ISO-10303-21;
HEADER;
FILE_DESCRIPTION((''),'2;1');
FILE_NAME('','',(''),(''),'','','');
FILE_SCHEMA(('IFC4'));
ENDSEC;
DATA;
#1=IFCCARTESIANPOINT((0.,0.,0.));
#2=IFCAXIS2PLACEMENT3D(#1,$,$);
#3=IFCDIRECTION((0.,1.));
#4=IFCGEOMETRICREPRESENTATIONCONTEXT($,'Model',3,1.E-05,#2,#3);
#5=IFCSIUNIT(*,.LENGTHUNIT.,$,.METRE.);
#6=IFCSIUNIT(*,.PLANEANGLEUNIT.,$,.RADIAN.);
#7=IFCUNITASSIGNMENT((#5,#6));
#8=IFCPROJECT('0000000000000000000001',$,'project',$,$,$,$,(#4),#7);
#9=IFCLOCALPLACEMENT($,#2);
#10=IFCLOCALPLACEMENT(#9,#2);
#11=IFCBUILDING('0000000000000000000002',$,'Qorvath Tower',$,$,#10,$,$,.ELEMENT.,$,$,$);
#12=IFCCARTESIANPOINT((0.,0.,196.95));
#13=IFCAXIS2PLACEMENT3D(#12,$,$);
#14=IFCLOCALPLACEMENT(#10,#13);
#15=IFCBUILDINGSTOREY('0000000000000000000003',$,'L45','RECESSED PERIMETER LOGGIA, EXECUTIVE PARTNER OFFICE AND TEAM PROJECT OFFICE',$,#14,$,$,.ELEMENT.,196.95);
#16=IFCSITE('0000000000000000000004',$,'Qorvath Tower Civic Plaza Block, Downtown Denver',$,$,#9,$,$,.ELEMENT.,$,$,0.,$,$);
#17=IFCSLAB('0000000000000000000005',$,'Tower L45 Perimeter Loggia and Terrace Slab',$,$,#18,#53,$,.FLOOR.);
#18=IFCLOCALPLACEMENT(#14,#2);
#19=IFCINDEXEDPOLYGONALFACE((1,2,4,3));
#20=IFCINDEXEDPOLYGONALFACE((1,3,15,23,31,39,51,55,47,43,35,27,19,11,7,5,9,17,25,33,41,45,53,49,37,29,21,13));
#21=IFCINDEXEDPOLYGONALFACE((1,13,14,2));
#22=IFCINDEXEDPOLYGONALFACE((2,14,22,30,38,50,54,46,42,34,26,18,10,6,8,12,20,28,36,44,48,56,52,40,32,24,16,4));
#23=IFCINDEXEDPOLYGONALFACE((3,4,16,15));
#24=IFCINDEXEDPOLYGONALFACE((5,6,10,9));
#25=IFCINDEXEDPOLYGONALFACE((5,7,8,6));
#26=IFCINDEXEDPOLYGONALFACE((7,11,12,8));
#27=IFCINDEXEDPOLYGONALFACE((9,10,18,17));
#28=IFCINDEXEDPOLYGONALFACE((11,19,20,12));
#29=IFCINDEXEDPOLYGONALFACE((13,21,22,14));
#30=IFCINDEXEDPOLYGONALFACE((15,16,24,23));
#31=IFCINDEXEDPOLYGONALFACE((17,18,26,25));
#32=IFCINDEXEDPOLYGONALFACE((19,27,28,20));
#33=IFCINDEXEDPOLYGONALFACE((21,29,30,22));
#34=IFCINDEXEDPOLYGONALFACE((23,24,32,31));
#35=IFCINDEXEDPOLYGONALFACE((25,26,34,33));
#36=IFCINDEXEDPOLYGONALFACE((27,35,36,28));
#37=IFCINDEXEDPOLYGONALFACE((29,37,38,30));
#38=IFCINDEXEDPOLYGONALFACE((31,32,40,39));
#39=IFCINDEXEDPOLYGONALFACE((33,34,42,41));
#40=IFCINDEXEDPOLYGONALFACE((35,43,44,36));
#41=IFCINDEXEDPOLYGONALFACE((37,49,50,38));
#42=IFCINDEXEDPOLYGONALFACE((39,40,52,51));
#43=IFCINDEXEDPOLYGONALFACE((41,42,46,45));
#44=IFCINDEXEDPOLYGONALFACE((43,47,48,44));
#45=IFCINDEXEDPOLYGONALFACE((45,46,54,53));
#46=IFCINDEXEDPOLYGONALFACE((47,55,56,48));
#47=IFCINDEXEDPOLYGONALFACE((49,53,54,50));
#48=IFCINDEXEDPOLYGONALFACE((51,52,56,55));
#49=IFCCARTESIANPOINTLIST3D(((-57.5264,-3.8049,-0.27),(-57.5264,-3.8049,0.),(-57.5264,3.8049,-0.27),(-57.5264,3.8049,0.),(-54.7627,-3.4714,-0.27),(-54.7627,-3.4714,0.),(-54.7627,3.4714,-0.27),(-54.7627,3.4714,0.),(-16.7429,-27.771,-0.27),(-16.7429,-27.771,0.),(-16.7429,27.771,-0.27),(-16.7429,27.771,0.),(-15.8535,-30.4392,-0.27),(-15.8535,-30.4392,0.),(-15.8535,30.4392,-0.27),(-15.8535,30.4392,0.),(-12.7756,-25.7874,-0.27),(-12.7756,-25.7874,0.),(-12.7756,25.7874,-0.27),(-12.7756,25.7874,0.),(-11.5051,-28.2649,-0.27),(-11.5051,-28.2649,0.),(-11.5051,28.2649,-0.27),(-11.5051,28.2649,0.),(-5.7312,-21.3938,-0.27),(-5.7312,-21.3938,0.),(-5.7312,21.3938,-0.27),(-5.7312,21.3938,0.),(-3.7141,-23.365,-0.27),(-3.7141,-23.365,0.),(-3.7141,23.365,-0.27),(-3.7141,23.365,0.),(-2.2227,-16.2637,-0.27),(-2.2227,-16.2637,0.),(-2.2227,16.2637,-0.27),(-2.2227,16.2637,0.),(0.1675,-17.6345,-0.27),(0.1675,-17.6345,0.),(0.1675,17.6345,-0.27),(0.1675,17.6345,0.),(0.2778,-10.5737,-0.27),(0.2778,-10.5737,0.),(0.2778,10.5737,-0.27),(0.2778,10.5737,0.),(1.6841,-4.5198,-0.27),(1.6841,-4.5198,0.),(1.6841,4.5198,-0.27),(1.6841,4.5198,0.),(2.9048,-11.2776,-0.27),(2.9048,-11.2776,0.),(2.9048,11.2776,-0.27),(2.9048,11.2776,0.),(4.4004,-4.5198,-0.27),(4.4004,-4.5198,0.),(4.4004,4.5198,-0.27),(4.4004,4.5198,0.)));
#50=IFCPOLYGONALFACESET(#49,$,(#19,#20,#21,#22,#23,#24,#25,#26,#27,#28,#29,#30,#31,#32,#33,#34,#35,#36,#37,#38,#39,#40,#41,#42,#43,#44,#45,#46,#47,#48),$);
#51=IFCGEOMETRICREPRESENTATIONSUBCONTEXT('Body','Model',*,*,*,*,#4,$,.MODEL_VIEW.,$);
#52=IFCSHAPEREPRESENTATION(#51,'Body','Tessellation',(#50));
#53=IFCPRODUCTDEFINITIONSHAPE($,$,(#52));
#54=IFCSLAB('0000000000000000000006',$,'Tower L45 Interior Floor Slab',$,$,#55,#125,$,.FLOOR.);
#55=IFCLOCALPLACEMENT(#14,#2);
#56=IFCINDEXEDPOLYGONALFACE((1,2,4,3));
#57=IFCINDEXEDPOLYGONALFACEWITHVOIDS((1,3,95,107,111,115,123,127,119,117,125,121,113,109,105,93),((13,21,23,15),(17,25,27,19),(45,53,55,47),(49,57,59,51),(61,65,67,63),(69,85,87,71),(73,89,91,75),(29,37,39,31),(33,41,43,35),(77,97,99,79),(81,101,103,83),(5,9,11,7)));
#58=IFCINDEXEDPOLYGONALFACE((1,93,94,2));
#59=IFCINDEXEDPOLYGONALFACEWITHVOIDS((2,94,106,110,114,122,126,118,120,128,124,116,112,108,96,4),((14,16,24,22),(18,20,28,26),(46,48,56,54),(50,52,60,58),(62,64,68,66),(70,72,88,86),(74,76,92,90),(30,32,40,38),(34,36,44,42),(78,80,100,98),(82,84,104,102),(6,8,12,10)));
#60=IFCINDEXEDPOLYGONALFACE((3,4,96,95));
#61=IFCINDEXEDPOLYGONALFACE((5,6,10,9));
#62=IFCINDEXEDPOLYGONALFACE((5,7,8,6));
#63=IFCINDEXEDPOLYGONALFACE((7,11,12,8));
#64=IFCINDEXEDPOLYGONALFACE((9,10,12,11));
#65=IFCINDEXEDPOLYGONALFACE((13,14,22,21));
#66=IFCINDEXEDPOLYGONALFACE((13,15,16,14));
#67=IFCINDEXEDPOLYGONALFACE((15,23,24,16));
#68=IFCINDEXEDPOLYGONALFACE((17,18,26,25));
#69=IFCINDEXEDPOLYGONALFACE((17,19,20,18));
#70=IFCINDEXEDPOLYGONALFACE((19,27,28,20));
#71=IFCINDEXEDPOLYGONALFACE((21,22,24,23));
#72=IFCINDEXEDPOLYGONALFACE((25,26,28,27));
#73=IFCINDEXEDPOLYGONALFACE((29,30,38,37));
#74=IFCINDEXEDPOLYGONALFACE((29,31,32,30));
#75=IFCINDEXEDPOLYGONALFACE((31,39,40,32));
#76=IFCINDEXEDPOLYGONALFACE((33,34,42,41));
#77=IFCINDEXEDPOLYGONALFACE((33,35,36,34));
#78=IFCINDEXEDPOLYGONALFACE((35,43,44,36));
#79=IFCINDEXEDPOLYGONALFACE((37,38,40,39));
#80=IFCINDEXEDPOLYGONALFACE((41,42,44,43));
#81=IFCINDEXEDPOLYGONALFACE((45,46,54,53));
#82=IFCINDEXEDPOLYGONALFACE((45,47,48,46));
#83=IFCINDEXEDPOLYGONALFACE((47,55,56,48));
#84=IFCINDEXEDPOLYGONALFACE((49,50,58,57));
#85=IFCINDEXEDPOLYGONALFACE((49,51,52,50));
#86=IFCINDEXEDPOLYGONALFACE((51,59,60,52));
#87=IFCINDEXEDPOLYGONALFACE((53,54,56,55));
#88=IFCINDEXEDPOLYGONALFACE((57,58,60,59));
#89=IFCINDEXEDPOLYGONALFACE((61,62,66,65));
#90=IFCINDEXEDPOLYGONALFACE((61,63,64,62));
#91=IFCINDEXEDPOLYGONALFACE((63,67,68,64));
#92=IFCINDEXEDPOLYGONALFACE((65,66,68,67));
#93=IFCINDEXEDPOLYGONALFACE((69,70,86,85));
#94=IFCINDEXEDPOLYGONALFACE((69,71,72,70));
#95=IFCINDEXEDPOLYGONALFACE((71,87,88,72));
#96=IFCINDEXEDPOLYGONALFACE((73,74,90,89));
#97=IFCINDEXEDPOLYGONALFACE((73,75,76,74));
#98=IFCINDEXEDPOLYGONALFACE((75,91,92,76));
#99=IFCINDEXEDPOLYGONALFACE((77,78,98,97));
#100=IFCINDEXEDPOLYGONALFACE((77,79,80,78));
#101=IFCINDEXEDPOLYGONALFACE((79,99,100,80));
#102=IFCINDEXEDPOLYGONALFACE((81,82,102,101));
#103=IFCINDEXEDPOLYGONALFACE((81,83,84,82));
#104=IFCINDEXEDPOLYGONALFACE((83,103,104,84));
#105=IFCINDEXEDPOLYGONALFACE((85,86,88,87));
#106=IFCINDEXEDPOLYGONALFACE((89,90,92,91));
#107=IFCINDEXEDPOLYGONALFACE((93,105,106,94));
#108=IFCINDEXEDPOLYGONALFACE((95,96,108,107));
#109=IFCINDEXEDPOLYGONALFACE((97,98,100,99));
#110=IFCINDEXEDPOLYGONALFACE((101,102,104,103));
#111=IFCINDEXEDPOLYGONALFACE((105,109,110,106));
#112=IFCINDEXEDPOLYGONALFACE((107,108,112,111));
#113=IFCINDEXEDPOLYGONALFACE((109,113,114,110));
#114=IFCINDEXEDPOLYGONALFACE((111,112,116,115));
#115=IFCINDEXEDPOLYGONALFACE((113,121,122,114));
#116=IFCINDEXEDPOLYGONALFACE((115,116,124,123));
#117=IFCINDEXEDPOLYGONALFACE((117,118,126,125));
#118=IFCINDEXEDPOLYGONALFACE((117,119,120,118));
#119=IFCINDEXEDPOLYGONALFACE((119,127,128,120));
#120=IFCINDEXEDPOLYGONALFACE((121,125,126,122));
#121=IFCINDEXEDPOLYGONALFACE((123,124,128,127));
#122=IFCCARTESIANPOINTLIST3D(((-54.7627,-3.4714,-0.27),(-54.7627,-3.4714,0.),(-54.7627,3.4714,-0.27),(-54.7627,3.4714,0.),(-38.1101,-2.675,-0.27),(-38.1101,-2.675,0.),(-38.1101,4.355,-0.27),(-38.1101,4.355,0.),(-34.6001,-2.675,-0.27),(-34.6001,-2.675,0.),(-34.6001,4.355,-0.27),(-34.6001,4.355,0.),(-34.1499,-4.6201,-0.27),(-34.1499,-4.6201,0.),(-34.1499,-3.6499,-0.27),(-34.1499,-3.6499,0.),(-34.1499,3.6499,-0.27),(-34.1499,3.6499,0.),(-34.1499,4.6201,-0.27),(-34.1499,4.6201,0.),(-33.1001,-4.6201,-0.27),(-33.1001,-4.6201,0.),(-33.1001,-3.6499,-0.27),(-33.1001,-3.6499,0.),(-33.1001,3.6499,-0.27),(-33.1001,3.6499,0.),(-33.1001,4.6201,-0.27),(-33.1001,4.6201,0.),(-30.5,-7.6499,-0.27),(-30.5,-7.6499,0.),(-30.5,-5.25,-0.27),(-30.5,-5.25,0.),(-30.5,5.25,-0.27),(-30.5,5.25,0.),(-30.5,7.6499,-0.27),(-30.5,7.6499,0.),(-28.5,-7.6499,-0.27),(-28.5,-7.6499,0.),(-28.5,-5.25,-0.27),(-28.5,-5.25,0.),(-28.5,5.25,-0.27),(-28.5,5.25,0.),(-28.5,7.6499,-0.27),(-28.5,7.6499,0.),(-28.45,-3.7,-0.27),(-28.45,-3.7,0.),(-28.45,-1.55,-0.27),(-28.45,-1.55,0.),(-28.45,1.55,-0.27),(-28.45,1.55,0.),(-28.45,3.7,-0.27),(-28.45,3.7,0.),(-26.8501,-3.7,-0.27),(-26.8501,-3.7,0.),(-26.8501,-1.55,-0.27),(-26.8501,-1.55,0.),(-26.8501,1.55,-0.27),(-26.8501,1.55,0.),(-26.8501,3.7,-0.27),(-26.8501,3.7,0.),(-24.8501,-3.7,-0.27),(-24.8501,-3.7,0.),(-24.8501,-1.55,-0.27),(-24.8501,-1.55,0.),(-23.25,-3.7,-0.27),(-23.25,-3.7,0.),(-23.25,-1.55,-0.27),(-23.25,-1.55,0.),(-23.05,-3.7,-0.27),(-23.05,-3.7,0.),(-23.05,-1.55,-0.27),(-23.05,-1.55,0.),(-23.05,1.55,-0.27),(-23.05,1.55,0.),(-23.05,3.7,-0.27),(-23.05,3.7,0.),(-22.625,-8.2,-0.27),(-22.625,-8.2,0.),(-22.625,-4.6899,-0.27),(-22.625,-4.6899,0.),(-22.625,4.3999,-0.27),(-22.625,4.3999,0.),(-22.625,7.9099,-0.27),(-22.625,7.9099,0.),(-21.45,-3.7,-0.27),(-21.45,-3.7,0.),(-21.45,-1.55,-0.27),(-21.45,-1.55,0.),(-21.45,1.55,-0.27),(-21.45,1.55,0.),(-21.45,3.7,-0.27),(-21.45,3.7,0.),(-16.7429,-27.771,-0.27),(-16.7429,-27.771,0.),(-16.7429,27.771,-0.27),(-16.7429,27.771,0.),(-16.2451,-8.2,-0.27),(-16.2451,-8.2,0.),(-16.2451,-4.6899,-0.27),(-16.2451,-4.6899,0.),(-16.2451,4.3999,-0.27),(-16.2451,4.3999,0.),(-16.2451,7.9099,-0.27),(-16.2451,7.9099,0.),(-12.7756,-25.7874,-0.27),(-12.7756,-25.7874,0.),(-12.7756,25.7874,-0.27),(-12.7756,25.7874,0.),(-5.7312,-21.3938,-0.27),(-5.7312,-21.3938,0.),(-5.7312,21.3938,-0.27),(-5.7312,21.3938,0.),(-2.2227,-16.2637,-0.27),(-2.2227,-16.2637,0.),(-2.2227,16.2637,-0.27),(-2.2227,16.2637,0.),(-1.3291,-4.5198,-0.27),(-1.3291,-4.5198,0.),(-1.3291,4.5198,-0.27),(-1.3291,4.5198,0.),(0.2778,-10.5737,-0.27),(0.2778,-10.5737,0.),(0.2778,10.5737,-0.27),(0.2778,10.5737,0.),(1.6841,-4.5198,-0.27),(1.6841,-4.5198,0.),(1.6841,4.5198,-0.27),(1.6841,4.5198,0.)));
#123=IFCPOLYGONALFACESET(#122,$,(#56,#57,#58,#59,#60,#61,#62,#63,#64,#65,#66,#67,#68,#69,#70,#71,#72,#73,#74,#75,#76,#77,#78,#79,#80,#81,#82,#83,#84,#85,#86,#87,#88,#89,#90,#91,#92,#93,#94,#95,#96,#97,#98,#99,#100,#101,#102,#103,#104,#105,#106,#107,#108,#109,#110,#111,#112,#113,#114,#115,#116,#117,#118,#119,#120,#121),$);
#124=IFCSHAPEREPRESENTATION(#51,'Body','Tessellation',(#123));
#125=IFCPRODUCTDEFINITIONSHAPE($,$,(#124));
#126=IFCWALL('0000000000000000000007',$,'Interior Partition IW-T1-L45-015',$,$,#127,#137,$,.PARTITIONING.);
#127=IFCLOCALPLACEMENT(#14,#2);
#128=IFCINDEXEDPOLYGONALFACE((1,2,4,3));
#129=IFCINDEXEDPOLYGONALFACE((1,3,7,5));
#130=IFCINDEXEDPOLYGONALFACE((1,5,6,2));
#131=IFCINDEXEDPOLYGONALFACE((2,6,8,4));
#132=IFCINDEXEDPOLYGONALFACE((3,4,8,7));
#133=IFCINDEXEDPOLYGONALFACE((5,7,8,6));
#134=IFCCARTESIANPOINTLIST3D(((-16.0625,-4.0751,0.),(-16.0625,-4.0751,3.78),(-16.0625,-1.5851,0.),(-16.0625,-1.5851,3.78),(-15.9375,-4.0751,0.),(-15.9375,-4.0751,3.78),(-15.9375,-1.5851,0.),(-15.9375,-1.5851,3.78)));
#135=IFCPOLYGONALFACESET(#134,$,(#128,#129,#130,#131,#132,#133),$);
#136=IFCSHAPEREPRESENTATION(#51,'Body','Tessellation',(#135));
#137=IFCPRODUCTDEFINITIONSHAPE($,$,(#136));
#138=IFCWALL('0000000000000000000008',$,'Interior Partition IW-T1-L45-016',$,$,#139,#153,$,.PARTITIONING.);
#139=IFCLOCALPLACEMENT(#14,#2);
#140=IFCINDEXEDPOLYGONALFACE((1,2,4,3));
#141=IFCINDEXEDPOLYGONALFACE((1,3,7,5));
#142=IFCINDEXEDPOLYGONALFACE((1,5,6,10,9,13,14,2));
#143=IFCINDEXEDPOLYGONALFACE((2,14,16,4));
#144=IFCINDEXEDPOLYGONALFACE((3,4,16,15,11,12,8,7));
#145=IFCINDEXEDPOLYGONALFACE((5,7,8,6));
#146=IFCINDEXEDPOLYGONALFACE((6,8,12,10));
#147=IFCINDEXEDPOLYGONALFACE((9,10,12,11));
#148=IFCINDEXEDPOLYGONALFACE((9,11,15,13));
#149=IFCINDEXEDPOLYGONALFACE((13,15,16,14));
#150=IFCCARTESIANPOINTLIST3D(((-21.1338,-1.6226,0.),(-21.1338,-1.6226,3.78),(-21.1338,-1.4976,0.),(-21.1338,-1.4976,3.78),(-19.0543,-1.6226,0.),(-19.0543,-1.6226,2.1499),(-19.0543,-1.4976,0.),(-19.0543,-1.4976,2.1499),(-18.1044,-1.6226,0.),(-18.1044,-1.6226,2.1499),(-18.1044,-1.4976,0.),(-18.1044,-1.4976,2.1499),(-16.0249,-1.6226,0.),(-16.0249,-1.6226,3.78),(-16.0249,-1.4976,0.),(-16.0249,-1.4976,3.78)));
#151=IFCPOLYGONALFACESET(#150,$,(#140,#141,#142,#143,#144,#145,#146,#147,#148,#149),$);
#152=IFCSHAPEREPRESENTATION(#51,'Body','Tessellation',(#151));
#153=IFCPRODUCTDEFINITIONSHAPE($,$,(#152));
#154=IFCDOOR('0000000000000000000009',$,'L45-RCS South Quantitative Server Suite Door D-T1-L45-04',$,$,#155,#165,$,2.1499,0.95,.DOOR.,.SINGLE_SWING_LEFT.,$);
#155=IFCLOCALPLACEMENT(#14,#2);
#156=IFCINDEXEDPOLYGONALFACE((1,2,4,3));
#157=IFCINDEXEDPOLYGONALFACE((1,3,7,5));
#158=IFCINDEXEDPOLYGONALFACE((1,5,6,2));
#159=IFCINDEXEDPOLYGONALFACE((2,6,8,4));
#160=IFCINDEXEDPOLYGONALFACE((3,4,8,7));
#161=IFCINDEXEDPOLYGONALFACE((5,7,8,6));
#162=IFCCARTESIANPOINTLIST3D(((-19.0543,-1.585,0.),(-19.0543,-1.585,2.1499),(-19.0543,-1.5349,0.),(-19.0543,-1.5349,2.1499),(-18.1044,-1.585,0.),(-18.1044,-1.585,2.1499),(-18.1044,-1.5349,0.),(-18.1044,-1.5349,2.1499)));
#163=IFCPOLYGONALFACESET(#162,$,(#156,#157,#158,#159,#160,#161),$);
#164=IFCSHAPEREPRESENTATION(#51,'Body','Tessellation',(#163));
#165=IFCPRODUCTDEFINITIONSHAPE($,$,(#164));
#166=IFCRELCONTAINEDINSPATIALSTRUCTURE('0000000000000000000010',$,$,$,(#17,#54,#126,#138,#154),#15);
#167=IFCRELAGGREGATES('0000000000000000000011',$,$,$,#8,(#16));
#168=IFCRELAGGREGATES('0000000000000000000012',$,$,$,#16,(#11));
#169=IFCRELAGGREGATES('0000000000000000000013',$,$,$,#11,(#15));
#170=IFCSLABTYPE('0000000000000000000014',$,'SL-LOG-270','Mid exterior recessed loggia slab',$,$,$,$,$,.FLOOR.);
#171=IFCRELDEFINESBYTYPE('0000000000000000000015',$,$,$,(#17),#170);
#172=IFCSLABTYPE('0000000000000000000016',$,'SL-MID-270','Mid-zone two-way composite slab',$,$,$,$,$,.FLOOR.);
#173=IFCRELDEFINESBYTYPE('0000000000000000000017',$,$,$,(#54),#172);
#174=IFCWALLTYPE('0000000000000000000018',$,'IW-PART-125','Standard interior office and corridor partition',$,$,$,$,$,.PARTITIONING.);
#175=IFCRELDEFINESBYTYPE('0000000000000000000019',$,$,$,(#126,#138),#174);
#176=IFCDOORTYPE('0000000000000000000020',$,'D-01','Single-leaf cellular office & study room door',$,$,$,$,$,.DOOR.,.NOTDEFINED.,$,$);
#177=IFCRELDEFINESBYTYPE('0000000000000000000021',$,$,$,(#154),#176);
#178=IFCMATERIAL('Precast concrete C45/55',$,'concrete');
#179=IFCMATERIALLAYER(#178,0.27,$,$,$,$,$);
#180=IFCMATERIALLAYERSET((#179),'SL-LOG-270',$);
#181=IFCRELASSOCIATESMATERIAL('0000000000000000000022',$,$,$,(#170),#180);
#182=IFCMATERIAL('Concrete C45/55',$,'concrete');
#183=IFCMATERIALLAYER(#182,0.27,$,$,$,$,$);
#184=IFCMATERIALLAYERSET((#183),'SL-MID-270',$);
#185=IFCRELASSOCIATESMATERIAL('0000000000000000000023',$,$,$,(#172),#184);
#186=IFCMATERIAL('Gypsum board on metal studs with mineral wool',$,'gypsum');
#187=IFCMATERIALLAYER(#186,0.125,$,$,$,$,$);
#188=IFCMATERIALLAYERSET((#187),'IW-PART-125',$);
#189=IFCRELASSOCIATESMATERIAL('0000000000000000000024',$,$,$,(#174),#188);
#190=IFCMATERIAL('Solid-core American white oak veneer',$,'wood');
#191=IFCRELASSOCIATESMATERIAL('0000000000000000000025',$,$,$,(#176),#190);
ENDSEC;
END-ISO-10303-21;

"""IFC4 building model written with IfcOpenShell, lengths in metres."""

from ifc_helpers import new_model, si_unit, direction, frame, frame_2d, origin, place, context, subcontext, project, spatial, polyline, rectangle, outline, extrude, material, layer, layer_set, type_object, element, fill, save


model = new_model("IFC4")

# Units and contexts
model_context = context("Model", 3, precision=1e-05, world=origin(), true_north=direction((0.0, 1.0)))
body_context = subcontext(model_context, "Body", "Model", "MODEL_VIEW")
ifc_project = project(units=[si_unit("LENGTHUNIT", "METRE"), si_unit("PLANEANGLEUNIT", "RADIAN")], contexts=[model_context])

# Site, building, storey
site_placement = place(None, origin())
site = spatial("IfcSite", under=ifc_project, at=site_placement, Name="Qorvath Tower Civic Plaza Block, Downtown Denver", CompositionType="ELEMENT", RefElevation=0.0)
building_placement = place(site_placement, origin())
building = spatial("IfcBuilding", under=site, at=building_placement, Name="Qorvath Tower", CompositionType="ELEMENT")
storey_placement = place(building_placement, frame((0.0, 0.0, 196.95)))
storey = spatial("IfcBuildingStorey", under=building, at=storey_placement, Name="L45", Description="RECESSED PERIMETER LOGGIA, EXECUTIVE PARTNER OFFICE AND TEAM PROJECT OFFICE", CompositionType="ELEMENT", Elevation=196.95)

# Slabs
ifc_material_1 = material(Name="Precast concrete C45/55", Category="concrete")
ifc_layer_1 = layer(ifc_material_1, 0.27)
ifc_layer_set_1 = layer_set([ifc_layer_1], Name="SL-LOG-270")
slab_type_1 = type_object("IfcSlabType", Name="SL-LOG-270", Description="Mid exterior recessed loggia slab", PredefinedType="FLOOR", material=ifc_layer_set_1)
slab_1_placement = place(storey_placement, frame((0.0, 0.0, -0.27)))
element("IfcSlab", 1, at=slab_1_placement, inside=storey, type_object=slab_type_1, Name="Tower L45 Perimeter Loggia and Terrace Slab", PredefinedType="FLOOR", context=body_context, shape_type="SweptSolid", body=[
    extrude(outline(polyline([(1.6841, -4.5198), (0.2778, -10.5737), (-2.2227, -16.2637), (-5.7312, -21.3938), (-12.7756, -25.7874), (-16.7429, -27.771), (-54.7627, -3.4714), (-54.7627, 3.4714), (-16.7429, 27.771), (-12.7756, 25.7874), (-5.7312, 21.3938), (-2.2227, 16.2637), (0.2778, 10.5737), (1.6841, 4.5198), (4.4004, 4.5198), (2.9048, 11.2776), (0.1675, 17.6345), (-3.7141, 23.365), (-11.5051, 28.2649), (-15.8535, 30.4392), (-57.5264, 3.8049), (-57.5264, -3.8049), (-15.8535, -30.4392), (-11.5051, -28.2649), (-3.7141, -23.365), (0.1675, -17.6345), (2.9048, -11.2776), (4.4004, -4.5198), (1.6841, -4.5198)])), origin(), (0.0, 0.0, 1.0), 0.27),
])
ifc_material_2 = material(Name="Concrete C45/55", Category="concrete")
ifc_layer_2 = layer(ifc_material_2, 0.27)
ifc_layer_set_2 = layer_set([ifc_layer_2], Name="SL-MID-270")
slab_type_2 = type_object("IfcSlabType", Name="SL-MID-270", Description="Mid-zone two-way composite slab", PredefinedType="FLOOR", material=ifc_layer_set_2)
slab_2_placement = place(storey_placement, frame((0.0, 0.0, -0.27)))
element("IfcSlab", 2, at=slab_2_placement, inside=storey, type_object=slab_type_2, Name="Tower L45 Interior Floor Slab", PredefinedType="FLOOR", context=body_context, shape_type="SweptSolid", body=[
    extrude(outline(polyline([(-54.7627, 3.4714), (-54.7627, -3.4714), (-16.7429, -27.771), (-12.7756, -25.7874), (-5.7312, -21.3938), (-2.2227, -16.2637), (0.2778, -10.5737), (1.6841, -4.5198), (-1.3291, -4.5198), (-1.3291, 4.5198), (1.6841, 4.5198), (0.2778, 10.5737), (-2.2227, 16.2637), (-5.7312, 21.3938), (-12.7756, 25.7874), (-16.7429, 27.771), (-54.7627, 3.4714)]), holes=[polyline([(-16.2451, -8.2), (-22.625, -8.2), (-22.625, -4.6899), (-16.2451, -4.6899), (-16.2451, -8.2)]), polyline([(-22.625, 4.3999), (-22.625, 7.9099), (-16.2451, 7.9099), (-16.2451, 4.3999), (-22.625, 4.3999)]), polyline([(-21.45, -3.7), (-23.05, -3.7), (-23.05, -1.55), (-21.45, -1.55), (-21.45, -3.7)]), polyline([(-23.05, 1.55), (-23.05, 3.7), (-21.45, 3.7), (-21.45, 1.55), (-23.05, 1.55)]), polyline([(-24.8501, -3.7), (-24.8501, -1.55), (-23.25, -1.55), (-23.25, -3.7), (-24.8501, -3.7)]), polyline([(-28.45, -3.7), (-28.45, -1.55), (-26.8501, -1.55), (-26.8501, -3.7), (-28.45, -3.7)]), polyline([(-26.8501, 1.55), (-28.45, 1.55), (-28.45, 3.7), (-26.8501, 3.7), (-26.8501, 1.55)]), polyline([(-28.5, -7.6499), (-30.5, -7.6499), (-30.5, -5.25), (-28.5, -5.25), (-28.5, -7.6499)]), polyline([(-30.5, 5.25), (-30.5, 7.6499), (-28.5, 7.6499), (-28.5, 5.25), (-30.5, 5.25)]), polyline([(-34.1499, -4.6201), (-34.1499, -3.6499), (-33.1001, -3.6499), (-33.1001, -4.6201), (-34.1499, -4.6201)]), polyline([(-34.1499, 3.6499), (-34.1499, 4.6201), (-33.1001, 4.6201), (-33.1001, 3.6499), (-34.1499, 3.6499)]), polyline([(-34.6001, -2.675), (-38.1101, -2.675), (-38.1101, 4.355), (-34.6001, 4.355), (-34.6001, -2.675)])]), origin(), (0.0, 0.0, 1.0), 0.27),
])

# Wall
ifc_material_3 = material(Name="Gypsum board on metal studs with mineral wool", Category="gypsum")
ifc_layer_3 = layer(ifc_material_3, 0.125)
ifc_layer_set_3 = layer_set([ifc_layer_3], Name="IW-PART-125")
wall_type_1 = type_object("IfcWallType", Name="IW-PART-125", Description="Standard interior office and corridor partition", PredefinedType="PARTITIONING", material=ifc_layer_set_3)
wall_1_placement = place(storey_placement, frame((-16.0, -4.0752, 0.0), z_axis=(0.0, 0.0, 1.0), x_axis=(0.0, 1.0, 0.0)))
element("IfcWall", 3, at=wall_1_placement, inside=storey, type_object=wall_type_1, Name="Interior Partition IW-T1-L45-015", PredefinedType="PARTITIONING", context=body_context, shape_type="SweptSolid", body=[
    extrude(rectangle(XDim=2.49, YDim=0.125, at=frame_2d((1.2451, 0.0))), origin(), (0.0, 0.0, 1.0), 3.78),
])

# Wall, opening, door
wall_2_placement = place(storey_placement, frame((-16.0249, -1.5601, 0.0), z_axis=(0.0, 0.0, 1.0), x_axis=(-1.0, 0.0, 0.0)))
wall_2 = element("IfcWall", 4, at=wall_2_placement, inside=storey, type_object=wall_type_1, Name="Interior Partition IW-T1-L45-016", PredefinedType="PARTITIONING", context=body_context, shape_type="SweptSolid", body=[
    extrude(rectangle(XDim=5.1089, YDim=0.125, at=frame_2d((2.5544, 0.0))), origin(), (0.0, 0.0, 1.0), 3.78),
])
opening_1_placement = place(wall_2_placement, frame((2.0793, 0.0, 0.0)))
opening_1 = element("IfcOpeningElement", 5, at=opening_1_placement, cuts=wall_2, PredefinedType="OPENING", context=body_context, shape_type="SweptSolid", body=[
    extrude(rectangle(XDim=0.95, YDim=2.1499, at=frame_2d((0.4751, 1.075))), frame((0.0, 0.0725, 0.0), z_axis=(0.0, -1.0, 0.0), x_axis=(1.0, 0.0, 0.0)), (0.0, 0.0, 1.0), 0.145),
])
ifc_material_4 = material(Name="Solid-core American white oak veneer", Category="wood")
door_type = type_object("IfcDoorType", Name="D-01", Description="Single-leaf cellular office & study room door", OperationType="NOTDEFINED", PredefinedType="DOOR", material=ifc_material_4)
door_1_placement = place(opening_1_placement, origin())
door_1 = element("IfcDoor", 6, at=door_1_placement, inside=storey, type_object=door_type, Name="L45-RCS South Quantitative Server Suite Door D-T1-L45-04", OperationType="SINGLE_SWING_LEFT", OverallHeight=2.1499, OverallWidth=0.95, PredefinedType="DOOR", context=body_context, shape_type="SweptSolid", body=[
    extrude(rectangle(XDim=0.95, YDim=2.1499, at=frame_2d((0.4751, 1.075))), frame((0.0, 0.0249, 0.0), z_axis=(0.0, -1.0, 0.0), x_axis=(1.0, 0.0, 0.0)), (0.0, 0.0, 1.0), 0.05),
])
fill(opening_1, door_1)

save(model, "model.ifc")
